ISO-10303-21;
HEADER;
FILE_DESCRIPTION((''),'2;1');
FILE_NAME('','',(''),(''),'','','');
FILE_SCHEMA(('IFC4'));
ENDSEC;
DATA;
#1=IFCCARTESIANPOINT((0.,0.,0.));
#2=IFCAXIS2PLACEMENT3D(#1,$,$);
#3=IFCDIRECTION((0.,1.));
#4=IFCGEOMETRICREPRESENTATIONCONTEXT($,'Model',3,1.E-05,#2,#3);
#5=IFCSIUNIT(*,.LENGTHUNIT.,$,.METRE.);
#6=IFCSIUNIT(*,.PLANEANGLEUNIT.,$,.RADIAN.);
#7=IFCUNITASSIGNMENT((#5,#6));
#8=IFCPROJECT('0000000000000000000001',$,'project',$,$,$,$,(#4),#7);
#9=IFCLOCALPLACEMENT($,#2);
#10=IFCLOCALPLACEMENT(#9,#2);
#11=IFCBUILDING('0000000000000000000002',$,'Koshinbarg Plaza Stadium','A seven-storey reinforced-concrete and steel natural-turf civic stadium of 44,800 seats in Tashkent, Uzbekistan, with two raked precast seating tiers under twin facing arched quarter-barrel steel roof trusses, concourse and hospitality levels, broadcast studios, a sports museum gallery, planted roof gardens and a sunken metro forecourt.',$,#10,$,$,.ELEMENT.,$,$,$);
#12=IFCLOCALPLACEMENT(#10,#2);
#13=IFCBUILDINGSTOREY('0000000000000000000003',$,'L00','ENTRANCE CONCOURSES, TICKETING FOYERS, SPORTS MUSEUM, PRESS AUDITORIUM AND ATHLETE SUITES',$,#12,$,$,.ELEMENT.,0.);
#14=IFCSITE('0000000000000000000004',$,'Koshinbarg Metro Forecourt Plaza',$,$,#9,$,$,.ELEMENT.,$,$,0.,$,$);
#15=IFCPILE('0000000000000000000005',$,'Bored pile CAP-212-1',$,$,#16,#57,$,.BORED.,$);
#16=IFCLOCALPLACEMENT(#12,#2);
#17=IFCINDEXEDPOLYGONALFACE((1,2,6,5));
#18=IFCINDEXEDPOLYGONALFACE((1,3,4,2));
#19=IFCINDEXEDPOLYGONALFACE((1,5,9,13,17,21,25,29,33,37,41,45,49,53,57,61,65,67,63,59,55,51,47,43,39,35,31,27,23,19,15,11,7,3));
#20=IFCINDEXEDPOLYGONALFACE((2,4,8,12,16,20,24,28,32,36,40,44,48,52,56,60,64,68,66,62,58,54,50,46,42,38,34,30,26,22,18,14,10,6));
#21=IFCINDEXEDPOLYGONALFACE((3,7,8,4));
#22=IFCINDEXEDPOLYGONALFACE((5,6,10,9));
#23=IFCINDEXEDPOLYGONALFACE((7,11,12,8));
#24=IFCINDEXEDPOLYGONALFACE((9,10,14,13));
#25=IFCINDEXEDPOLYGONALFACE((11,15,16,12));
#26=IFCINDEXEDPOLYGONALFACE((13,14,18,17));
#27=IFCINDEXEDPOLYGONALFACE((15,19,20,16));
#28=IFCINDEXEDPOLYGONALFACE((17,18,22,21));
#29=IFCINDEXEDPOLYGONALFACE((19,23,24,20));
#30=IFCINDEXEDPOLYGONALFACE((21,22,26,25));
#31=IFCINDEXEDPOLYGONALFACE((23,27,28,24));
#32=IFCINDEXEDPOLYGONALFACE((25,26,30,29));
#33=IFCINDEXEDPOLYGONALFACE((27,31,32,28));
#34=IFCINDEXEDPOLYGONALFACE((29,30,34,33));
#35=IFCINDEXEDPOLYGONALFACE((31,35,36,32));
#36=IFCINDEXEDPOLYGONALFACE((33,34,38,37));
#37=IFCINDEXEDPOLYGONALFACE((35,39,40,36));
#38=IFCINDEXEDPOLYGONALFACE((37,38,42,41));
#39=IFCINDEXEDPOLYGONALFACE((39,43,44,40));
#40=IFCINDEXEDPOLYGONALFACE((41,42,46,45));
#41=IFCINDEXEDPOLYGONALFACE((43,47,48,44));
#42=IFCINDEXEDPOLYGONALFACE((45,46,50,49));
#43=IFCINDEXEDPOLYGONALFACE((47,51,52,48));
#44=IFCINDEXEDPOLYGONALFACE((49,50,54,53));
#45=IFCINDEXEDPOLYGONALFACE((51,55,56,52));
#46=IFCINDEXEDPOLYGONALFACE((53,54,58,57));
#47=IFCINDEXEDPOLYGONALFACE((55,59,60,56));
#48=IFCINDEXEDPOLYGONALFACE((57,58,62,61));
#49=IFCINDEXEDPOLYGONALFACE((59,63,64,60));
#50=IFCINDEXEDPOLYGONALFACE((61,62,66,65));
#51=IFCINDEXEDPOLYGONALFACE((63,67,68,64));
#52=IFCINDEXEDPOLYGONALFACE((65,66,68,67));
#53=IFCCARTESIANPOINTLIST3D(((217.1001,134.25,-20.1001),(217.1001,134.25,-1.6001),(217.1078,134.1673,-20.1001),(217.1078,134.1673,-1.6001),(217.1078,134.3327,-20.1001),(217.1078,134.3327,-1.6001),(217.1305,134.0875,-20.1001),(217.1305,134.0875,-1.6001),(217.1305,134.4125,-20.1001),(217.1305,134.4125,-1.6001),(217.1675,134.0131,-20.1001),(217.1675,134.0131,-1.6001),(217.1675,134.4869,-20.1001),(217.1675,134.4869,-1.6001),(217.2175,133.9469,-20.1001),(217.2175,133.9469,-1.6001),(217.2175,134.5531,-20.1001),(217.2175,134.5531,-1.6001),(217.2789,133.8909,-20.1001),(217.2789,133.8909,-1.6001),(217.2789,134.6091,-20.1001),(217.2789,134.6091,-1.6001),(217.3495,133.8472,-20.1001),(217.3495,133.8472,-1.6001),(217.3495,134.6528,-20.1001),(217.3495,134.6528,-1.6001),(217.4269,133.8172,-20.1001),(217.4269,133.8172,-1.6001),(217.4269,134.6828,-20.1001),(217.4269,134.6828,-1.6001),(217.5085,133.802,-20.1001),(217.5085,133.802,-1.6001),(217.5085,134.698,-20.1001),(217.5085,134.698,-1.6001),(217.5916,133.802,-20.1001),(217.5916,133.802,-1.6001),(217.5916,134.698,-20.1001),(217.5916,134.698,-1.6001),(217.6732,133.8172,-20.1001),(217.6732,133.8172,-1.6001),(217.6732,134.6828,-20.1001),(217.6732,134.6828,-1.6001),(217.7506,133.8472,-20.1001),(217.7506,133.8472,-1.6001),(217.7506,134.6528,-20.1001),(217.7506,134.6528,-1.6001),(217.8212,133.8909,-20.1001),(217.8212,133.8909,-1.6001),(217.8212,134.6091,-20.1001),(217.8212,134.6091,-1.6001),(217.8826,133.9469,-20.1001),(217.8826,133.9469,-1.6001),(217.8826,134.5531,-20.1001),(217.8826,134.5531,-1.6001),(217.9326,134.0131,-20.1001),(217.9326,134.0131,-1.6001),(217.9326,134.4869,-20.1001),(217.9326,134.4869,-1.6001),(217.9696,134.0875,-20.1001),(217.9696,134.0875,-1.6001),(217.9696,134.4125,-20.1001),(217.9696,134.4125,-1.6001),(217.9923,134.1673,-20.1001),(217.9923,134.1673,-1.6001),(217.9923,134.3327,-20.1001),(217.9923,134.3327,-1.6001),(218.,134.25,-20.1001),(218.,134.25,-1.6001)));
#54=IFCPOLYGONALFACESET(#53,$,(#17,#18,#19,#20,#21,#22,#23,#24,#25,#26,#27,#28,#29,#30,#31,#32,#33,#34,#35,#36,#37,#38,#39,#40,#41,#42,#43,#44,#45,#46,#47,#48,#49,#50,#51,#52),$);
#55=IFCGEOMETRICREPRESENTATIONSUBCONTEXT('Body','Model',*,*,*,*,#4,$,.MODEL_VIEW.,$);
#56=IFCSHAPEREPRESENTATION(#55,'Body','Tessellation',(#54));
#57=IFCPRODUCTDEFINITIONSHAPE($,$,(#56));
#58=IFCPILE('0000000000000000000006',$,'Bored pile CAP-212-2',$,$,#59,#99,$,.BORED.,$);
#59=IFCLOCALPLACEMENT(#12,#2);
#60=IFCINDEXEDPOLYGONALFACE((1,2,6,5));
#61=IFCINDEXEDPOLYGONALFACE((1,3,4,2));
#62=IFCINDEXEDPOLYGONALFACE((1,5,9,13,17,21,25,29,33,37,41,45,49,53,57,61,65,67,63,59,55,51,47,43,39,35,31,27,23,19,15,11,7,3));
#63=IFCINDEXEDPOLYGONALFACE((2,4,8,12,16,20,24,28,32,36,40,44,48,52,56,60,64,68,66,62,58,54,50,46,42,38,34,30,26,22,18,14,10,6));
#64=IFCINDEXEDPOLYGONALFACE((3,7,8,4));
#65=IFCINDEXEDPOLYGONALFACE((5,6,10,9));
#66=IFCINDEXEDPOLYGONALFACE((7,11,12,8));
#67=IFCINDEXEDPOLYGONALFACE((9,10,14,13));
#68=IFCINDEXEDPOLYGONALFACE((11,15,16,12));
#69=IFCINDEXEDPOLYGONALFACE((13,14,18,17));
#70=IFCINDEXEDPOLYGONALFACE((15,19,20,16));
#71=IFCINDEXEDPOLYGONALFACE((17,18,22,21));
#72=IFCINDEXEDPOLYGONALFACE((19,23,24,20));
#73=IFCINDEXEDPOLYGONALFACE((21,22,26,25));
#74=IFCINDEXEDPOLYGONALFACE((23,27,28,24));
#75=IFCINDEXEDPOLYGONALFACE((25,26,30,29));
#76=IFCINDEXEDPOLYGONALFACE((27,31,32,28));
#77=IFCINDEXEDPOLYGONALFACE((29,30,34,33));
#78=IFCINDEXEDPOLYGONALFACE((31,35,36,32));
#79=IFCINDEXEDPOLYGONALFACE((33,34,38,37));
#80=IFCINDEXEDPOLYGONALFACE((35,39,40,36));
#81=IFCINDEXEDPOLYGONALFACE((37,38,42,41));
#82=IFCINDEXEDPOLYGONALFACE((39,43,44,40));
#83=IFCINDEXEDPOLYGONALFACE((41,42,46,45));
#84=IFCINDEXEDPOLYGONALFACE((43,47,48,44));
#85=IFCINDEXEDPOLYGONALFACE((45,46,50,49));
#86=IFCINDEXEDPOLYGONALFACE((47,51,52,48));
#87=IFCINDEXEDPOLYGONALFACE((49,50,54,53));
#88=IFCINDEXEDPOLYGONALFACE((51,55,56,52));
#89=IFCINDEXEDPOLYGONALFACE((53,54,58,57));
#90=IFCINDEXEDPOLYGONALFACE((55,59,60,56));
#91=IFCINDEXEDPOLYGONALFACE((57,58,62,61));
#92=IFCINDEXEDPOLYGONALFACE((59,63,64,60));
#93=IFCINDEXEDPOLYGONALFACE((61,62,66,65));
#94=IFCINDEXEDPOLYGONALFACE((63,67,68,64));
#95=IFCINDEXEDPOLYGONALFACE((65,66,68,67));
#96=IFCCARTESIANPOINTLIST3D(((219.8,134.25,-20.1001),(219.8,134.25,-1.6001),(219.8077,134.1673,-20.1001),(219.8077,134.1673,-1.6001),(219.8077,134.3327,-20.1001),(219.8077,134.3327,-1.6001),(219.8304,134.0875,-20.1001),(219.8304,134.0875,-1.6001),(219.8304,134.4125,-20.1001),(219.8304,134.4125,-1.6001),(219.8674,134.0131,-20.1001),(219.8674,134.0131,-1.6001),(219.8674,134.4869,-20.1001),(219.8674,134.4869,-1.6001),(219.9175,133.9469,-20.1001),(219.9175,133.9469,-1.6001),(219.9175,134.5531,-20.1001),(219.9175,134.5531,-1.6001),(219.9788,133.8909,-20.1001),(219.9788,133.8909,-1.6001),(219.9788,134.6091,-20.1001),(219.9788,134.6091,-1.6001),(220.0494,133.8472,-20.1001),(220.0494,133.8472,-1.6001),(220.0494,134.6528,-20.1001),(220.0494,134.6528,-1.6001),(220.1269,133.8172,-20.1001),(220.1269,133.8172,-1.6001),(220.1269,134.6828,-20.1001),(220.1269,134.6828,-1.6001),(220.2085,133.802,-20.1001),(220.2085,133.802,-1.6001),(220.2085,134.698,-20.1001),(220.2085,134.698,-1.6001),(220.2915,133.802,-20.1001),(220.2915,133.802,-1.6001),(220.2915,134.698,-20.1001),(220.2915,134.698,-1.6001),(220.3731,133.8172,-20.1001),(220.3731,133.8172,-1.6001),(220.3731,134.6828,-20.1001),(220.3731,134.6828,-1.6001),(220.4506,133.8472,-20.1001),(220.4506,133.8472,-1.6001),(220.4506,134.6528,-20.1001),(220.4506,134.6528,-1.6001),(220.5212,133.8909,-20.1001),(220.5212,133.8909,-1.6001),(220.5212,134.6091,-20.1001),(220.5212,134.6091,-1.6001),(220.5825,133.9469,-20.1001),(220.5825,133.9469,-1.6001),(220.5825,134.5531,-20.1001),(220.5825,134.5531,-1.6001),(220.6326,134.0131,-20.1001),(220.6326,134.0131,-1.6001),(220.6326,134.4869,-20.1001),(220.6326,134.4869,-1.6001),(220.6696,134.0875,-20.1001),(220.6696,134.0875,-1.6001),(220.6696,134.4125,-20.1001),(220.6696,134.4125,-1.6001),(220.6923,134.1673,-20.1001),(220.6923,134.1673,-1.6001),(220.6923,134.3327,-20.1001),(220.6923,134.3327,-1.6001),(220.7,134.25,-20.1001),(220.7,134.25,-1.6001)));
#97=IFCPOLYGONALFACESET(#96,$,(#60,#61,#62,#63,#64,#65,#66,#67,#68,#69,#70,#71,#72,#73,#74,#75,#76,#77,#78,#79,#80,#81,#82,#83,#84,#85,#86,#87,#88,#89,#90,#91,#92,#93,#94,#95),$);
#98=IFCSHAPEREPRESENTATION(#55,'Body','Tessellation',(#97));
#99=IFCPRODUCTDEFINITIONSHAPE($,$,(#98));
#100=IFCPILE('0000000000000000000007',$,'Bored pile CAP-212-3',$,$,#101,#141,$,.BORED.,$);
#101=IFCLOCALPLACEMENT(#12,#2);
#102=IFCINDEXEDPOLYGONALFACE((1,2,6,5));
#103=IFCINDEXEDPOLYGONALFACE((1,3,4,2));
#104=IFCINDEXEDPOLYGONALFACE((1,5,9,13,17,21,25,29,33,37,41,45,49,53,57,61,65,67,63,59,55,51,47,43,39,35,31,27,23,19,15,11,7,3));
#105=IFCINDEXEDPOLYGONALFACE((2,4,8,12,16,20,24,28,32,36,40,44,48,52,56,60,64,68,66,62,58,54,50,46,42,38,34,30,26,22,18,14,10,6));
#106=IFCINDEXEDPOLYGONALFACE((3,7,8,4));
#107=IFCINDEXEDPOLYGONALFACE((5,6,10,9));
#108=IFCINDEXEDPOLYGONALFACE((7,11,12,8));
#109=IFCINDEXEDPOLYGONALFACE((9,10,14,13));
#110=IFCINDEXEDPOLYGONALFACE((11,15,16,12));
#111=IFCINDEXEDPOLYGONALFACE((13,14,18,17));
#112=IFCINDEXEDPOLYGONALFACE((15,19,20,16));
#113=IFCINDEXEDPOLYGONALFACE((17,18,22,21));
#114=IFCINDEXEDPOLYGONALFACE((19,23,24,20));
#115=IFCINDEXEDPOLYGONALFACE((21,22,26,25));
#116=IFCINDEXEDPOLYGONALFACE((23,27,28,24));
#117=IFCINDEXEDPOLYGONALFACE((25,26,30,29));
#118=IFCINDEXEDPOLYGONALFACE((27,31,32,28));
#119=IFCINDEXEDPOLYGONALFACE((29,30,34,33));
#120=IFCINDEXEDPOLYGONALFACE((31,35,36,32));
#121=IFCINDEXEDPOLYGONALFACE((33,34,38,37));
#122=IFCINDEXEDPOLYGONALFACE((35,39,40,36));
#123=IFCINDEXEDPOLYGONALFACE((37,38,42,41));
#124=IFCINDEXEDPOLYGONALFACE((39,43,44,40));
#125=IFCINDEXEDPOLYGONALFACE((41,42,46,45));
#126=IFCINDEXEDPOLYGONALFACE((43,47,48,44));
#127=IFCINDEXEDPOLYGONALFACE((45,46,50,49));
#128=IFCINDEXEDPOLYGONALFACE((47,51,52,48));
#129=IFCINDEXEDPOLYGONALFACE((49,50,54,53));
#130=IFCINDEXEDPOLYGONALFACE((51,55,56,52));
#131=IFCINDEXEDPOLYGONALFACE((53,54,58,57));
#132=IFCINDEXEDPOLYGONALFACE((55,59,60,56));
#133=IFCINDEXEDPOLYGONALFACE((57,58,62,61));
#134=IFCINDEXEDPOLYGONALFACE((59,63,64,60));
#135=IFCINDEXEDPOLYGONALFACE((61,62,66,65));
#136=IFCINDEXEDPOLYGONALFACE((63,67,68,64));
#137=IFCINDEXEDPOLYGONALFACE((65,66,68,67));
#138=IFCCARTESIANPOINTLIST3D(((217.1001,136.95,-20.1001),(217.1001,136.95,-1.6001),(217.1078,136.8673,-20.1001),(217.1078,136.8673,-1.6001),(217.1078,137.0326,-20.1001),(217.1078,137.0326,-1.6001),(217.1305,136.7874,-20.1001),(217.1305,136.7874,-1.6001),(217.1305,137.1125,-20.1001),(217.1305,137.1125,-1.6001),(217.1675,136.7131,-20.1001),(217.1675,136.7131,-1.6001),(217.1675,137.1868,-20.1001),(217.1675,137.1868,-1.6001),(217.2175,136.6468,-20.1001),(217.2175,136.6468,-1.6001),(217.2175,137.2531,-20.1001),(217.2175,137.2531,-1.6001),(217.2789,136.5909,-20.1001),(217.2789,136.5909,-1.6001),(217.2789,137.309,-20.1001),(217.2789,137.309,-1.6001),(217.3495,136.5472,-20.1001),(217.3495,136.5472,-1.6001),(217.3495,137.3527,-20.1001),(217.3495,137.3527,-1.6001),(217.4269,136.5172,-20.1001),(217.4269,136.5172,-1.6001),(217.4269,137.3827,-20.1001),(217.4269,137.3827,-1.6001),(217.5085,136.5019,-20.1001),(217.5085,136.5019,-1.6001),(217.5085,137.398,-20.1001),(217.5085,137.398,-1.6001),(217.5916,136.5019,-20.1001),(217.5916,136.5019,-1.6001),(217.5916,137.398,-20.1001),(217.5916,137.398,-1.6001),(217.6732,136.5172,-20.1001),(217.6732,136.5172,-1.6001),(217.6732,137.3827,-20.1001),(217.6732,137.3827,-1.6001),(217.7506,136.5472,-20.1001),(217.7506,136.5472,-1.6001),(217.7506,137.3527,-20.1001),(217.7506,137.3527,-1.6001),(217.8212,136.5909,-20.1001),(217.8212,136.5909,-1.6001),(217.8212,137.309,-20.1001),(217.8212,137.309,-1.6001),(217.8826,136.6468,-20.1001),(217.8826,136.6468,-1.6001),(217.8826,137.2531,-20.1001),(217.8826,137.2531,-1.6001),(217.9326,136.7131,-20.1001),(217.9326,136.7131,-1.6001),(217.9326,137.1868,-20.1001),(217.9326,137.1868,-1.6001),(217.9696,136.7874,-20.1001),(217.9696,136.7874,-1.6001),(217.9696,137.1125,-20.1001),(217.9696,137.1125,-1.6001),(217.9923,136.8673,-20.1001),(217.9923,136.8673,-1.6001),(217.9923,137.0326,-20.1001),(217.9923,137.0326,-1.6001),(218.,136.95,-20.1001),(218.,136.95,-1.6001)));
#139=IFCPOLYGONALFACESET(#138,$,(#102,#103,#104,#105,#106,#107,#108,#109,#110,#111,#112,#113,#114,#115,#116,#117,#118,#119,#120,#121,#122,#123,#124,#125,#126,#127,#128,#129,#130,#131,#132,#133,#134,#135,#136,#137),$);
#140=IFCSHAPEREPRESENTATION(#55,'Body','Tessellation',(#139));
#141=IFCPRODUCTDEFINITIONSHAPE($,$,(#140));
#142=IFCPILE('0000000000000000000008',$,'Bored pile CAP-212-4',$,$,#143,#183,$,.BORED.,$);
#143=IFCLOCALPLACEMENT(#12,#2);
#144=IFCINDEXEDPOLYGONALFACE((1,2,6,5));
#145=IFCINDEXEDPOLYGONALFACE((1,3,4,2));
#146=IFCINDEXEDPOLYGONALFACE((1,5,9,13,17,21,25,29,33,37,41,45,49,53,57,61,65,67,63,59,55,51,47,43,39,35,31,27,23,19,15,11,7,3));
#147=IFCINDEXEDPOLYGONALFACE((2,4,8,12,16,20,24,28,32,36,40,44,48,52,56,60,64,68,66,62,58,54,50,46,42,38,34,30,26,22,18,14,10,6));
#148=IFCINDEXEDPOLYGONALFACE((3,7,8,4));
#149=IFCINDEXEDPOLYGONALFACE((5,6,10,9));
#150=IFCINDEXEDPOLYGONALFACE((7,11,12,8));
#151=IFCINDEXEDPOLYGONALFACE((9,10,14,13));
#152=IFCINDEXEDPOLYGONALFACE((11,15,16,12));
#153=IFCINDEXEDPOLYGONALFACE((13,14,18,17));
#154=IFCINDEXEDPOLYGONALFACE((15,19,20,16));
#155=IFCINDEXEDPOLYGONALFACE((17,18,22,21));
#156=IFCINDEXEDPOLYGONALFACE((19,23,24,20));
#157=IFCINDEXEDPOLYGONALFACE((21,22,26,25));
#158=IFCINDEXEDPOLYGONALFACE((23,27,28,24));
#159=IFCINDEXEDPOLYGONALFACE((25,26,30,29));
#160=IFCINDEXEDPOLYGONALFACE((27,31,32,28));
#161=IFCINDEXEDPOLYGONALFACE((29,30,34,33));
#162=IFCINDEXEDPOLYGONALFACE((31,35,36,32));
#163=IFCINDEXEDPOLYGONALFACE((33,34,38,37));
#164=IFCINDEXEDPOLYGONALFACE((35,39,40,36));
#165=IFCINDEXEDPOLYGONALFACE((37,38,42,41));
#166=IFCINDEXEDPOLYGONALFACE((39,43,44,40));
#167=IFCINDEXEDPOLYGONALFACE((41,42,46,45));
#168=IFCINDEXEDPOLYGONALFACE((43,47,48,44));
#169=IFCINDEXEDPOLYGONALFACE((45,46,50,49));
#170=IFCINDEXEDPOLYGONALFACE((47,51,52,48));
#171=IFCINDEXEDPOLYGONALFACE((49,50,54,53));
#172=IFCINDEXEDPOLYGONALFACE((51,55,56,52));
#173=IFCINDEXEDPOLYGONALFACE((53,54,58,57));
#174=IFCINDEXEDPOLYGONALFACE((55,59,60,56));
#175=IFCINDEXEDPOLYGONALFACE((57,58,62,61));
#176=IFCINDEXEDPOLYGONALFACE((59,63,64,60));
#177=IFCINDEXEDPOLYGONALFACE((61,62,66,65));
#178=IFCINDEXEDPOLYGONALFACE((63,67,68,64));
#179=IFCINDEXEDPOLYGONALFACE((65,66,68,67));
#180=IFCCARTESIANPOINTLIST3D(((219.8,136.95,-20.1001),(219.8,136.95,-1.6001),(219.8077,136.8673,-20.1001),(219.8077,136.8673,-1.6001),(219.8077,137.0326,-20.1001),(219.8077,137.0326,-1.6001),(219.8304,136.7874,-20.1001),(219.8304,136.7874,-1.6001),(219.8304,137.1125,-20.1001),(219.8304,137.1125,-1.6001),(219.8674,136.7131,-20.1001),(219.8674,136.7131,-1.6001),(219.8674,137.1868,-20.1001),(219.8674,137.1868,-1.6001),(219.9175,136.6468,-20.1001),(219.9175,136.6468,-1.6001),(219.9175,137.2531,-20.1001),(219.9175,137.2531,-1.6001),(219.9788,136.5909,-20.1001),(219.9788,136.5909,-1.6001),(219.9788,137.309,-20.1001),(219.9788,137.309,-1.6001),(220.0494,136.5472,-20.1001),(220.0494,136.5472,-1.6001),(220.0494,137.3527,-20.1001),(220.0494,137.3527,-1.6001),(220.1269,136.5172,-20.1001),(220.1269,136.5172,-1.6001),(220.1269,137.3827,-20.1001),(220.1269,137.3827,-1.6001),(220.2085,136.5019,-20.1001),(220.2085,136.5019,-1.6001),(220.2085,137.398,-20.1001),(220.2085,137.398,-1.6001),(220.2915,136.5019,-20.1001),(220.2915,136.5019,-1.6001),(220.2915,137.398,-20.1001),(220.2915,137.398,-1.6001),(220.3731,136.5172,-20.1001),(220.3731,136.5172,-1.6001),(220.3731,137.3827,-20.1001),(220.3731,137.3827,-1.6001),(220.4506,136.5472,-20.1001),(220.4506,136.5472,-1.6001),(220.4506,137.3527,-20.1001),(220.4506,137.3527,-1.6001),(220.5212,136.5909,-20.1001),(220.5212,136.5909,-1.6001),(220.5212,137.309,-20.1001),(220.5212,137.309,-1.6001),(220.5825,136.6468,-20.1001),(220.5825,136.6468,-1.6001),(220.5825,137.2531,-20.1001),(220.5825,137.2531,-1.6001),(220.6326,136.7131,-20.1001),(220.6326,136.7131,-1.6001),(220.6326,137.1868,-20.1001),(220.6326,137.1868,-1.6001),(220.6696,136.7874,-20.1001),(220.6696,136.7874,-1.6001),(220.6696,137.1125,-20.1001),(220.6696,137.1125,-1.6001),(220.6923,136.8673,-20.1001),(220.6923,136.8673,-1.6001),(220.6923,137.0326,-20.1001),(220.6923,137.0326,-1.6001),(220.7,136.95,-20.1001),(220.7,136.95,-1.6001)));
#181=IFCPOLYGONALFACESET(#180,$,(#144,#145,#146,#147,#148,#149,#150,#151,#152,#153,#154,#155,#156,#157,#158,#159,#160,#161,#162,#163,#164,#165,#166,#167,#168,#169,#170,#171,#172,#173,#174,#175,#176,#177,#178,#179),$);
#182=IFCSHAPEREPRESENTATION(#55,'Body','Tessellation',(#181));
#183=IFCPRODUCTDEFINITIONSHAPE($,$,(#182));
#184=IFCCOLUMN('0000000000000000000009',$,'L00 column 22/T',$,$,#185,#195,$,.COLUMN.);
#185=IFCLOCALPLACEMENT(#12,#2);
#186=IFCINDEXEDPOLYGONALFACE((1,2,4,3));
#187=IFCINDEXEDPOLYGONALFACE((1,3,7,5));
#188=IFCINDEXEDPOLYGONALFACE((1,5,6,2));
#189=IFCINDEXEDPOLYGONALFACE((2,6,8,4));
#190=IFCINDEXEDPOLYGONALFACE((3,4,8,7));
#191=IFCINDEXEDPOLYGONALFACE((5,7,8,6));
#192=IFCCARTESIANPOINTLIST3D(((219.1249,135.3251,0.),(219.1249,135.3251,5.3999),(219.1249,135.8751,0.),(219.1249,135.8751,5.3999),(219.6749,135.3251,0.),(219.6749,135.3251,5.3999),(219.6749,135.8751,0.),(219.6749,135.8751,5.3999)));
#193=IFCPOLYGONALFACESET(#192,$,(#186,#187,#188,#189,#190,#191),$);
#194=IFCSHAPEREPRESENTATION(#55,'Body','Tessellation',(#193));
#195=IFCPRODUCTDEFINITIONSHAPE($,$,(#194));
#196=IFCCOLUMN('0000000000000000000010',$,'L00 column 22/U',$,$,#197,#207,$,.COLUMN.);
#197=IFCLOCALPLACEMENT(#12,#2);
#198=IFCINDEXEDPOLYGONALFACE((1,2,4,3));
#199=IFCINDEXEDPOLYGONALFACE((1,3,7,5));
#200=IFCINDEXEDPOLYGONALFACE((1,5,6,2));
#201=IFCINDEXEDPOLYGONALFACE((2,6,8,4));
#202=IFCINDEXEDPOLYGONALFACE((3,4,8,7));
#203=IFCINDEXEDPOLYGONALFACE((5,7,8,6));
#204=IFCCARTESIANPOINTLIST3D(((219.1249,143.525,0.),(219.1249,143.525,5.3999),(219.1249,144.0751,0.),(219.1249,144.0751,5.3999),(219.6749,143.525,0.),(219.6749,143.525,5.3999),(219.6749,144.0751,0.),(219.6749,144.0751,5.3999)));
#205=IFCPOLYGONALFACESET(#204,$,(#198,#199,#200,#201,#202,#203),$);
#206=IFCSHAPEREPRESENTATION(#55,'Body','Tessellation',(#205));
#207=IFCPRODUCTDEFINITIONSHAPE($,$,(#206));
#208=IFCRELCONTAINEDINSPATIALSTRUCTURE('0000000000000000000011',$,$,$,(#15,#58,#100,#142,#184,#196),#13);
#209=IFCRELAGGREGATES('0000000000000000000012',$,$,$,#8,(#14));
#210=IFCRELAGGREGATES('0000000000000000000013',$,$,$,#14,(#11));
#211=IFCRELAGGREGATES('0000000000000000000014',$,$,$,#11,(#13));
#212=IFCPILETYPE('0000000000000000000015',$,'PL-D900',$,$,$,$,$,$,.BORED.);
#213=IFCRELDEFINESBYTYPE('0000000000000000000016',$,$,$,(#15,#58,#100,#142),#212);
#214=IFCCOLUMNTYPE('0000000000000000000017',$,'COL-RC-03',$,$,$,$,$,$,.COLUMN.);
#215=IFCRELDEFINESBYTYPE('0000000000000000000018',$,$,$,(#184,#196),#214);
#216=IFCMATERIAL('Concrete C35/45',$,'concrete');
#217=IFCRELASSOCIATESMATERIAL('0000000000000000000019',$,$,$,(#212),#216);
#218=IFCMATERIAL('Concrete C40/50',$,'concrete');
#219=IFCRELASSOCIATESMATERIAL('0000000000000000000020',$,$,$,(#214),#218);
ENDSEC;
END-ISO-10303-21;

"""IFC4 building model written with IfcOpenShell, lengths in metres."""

from ifc_helpers import new_model, si_unit, direction, frame, origin, origin_2d, place, context, subcontext, project, spatial, rectangle, circle, extrude, material, material_profile, profile_set, type_object, element, save


model = new_model("IFC4")

# Units and contexts
model_context = context("Model", 3, precision=1e-05, world=origin(), true_north=direction((0.0, 1.0)))
body_context = subcontext(model_context, "Body", "Model", "MODEL_VIEW")
ifc_project = project(units=[si_unit("LENGTHUNIT", "METRE"), si_unit("PLANEANGLEUNIT", "RADIAN")], contexts=[model_context])

# Site, building, storey
site_placement = place(None, origin())
site = spatial("IfcSite", under=ifc_project, at=site_placement, Name="Koshinbarg Metro Forecourt Plaza", CompositionType="ELEMENT", RefElevation=0.0)
building_placement = place(site_placement, origin())
building = spatial("IfcBuilding", under=site, at=building_placement, Name="Koshinbarg Plaza Stadium", Description="A seven-storey reinforced-concrete and steel natural-turf civic stadium of 44,800 seats in Tashkent, Uzbekistan, with two raked precast seating tiers under twin facing arched quarter-barrel steel roof trusses, concourse and hospitality levels, broadcast studios, a sports museum gallery, planted roof gardens and a sunken metro forecourt.", CompositionType="ELEMENT")
storey_placement = place(building_placement, origin())
storey = spatial("IfcBuildingStorey", under=building, at=storey_placement, Name="L00", Description="ENTRANCE CONCOURSES, TICKETING FOYERS, SPORTS MUSEUM, PRESS AUDITORIUM AND ATHLETE SUITES", CompositionType="ELEMENT", Elevation=0.0)

# Shared definitions
ifc_material_1 = material(Name="Concrete C35/45", Category="concrete")

# Piles
ifc_material_profile_1 = material_profile(ifc_material_1, circle(Radius=0.45, at=origin_2d()), Name="PILE D900")
ifc_profile_set_1 = profile_set([ifc_material_profile_1], Name="Concrete C35/45")
pile_type_1 = type_object("IfcPileType", Name="PL-D900", PredefinedType="BORED", material=ifc_profile_set_1)
for number, where, z_axis, x_axis, name in (
    (1, (217.55, 134.25, -1.6001), (0.0, 0.0, -1.0), (1.0, 0.0, 0.0), "Bored pile CAP-212-1"),
    (2, (220.25, 134.25, -1.6001), (0.0, 0.0, -1.0), (1.0, 0.0, 0.0), "Bored pile CAP-212-2"),
    (3, (217.55, 136.95, -1.6001), (0.0, 0.0, -1.0), (1.0, 0.0, 0.0), "Bored pile CAP-212-3"),
    (4, (220.25, 136.95, -1.6001), (0.0, 0.0, -1.0), (1.0, 0.0, 0.0), "Bored pile CAP-212-4"),
):
    element("IfcPile", number, at=place(storey_placement, frame(where, z_axis=z_axis, x_axis=x_axis)), inside=storey, type_object=pile_type_1, Name=name, PredefinedType="BORED", context=body_context, shape_type="SweptSolid", body=[
        extrude(circle(Radius=0.45, at=origin_2d()), origin(), (0.0, 0.0, 1.0), 18.5),
    ])

# Columns
ifc_material_2 = material(Name="Concrete C40/50", Category="concrete")
ifc_material_profile_2 = material_profile(ifc_material_2, rectangle(XDim=0.55, YDim=0.55, at=origin_2d()), Name="RC 550x550")
ifc_profile_set_2 = profile_set([ifc_material_profile_2], Name="Concrete C40/50")
column_type_1 = type_object("IfcColumnType", Name="COL-RC-03", PredefinedType="COLUMN", material=ifc_profile_set_2)
for number, where, z_axis, x_axis, name in (
    (5, (219.3999, 135.6001, 0.0), (0.0, 0.0, 1.0), (1.0, 0.0, 0.0), "L00 column 22/T"),
    (6, (219.3999, 143.8, 0.0), (0.0, 0.0, 1.0), (1.0, 0.0, 0.0), "L00 column 22/U"),
):
    element("IfcColumn", number, at=place(storey_placement, frame(where, z_axis=z_axis, x_axis=x_axis)), inside=storey, type_object=column_type_1, Name=name, PredefinedType="COLUMN", context=body_context, shape_type="SweptSolid", body=[
        extrude(rectangle(XDim=0.55, YDim=0.55, at=origin_2d()), origin(), (0.0, 0.0, 1.0), 5.3999),
    ])

save(model, "model.ifc")
